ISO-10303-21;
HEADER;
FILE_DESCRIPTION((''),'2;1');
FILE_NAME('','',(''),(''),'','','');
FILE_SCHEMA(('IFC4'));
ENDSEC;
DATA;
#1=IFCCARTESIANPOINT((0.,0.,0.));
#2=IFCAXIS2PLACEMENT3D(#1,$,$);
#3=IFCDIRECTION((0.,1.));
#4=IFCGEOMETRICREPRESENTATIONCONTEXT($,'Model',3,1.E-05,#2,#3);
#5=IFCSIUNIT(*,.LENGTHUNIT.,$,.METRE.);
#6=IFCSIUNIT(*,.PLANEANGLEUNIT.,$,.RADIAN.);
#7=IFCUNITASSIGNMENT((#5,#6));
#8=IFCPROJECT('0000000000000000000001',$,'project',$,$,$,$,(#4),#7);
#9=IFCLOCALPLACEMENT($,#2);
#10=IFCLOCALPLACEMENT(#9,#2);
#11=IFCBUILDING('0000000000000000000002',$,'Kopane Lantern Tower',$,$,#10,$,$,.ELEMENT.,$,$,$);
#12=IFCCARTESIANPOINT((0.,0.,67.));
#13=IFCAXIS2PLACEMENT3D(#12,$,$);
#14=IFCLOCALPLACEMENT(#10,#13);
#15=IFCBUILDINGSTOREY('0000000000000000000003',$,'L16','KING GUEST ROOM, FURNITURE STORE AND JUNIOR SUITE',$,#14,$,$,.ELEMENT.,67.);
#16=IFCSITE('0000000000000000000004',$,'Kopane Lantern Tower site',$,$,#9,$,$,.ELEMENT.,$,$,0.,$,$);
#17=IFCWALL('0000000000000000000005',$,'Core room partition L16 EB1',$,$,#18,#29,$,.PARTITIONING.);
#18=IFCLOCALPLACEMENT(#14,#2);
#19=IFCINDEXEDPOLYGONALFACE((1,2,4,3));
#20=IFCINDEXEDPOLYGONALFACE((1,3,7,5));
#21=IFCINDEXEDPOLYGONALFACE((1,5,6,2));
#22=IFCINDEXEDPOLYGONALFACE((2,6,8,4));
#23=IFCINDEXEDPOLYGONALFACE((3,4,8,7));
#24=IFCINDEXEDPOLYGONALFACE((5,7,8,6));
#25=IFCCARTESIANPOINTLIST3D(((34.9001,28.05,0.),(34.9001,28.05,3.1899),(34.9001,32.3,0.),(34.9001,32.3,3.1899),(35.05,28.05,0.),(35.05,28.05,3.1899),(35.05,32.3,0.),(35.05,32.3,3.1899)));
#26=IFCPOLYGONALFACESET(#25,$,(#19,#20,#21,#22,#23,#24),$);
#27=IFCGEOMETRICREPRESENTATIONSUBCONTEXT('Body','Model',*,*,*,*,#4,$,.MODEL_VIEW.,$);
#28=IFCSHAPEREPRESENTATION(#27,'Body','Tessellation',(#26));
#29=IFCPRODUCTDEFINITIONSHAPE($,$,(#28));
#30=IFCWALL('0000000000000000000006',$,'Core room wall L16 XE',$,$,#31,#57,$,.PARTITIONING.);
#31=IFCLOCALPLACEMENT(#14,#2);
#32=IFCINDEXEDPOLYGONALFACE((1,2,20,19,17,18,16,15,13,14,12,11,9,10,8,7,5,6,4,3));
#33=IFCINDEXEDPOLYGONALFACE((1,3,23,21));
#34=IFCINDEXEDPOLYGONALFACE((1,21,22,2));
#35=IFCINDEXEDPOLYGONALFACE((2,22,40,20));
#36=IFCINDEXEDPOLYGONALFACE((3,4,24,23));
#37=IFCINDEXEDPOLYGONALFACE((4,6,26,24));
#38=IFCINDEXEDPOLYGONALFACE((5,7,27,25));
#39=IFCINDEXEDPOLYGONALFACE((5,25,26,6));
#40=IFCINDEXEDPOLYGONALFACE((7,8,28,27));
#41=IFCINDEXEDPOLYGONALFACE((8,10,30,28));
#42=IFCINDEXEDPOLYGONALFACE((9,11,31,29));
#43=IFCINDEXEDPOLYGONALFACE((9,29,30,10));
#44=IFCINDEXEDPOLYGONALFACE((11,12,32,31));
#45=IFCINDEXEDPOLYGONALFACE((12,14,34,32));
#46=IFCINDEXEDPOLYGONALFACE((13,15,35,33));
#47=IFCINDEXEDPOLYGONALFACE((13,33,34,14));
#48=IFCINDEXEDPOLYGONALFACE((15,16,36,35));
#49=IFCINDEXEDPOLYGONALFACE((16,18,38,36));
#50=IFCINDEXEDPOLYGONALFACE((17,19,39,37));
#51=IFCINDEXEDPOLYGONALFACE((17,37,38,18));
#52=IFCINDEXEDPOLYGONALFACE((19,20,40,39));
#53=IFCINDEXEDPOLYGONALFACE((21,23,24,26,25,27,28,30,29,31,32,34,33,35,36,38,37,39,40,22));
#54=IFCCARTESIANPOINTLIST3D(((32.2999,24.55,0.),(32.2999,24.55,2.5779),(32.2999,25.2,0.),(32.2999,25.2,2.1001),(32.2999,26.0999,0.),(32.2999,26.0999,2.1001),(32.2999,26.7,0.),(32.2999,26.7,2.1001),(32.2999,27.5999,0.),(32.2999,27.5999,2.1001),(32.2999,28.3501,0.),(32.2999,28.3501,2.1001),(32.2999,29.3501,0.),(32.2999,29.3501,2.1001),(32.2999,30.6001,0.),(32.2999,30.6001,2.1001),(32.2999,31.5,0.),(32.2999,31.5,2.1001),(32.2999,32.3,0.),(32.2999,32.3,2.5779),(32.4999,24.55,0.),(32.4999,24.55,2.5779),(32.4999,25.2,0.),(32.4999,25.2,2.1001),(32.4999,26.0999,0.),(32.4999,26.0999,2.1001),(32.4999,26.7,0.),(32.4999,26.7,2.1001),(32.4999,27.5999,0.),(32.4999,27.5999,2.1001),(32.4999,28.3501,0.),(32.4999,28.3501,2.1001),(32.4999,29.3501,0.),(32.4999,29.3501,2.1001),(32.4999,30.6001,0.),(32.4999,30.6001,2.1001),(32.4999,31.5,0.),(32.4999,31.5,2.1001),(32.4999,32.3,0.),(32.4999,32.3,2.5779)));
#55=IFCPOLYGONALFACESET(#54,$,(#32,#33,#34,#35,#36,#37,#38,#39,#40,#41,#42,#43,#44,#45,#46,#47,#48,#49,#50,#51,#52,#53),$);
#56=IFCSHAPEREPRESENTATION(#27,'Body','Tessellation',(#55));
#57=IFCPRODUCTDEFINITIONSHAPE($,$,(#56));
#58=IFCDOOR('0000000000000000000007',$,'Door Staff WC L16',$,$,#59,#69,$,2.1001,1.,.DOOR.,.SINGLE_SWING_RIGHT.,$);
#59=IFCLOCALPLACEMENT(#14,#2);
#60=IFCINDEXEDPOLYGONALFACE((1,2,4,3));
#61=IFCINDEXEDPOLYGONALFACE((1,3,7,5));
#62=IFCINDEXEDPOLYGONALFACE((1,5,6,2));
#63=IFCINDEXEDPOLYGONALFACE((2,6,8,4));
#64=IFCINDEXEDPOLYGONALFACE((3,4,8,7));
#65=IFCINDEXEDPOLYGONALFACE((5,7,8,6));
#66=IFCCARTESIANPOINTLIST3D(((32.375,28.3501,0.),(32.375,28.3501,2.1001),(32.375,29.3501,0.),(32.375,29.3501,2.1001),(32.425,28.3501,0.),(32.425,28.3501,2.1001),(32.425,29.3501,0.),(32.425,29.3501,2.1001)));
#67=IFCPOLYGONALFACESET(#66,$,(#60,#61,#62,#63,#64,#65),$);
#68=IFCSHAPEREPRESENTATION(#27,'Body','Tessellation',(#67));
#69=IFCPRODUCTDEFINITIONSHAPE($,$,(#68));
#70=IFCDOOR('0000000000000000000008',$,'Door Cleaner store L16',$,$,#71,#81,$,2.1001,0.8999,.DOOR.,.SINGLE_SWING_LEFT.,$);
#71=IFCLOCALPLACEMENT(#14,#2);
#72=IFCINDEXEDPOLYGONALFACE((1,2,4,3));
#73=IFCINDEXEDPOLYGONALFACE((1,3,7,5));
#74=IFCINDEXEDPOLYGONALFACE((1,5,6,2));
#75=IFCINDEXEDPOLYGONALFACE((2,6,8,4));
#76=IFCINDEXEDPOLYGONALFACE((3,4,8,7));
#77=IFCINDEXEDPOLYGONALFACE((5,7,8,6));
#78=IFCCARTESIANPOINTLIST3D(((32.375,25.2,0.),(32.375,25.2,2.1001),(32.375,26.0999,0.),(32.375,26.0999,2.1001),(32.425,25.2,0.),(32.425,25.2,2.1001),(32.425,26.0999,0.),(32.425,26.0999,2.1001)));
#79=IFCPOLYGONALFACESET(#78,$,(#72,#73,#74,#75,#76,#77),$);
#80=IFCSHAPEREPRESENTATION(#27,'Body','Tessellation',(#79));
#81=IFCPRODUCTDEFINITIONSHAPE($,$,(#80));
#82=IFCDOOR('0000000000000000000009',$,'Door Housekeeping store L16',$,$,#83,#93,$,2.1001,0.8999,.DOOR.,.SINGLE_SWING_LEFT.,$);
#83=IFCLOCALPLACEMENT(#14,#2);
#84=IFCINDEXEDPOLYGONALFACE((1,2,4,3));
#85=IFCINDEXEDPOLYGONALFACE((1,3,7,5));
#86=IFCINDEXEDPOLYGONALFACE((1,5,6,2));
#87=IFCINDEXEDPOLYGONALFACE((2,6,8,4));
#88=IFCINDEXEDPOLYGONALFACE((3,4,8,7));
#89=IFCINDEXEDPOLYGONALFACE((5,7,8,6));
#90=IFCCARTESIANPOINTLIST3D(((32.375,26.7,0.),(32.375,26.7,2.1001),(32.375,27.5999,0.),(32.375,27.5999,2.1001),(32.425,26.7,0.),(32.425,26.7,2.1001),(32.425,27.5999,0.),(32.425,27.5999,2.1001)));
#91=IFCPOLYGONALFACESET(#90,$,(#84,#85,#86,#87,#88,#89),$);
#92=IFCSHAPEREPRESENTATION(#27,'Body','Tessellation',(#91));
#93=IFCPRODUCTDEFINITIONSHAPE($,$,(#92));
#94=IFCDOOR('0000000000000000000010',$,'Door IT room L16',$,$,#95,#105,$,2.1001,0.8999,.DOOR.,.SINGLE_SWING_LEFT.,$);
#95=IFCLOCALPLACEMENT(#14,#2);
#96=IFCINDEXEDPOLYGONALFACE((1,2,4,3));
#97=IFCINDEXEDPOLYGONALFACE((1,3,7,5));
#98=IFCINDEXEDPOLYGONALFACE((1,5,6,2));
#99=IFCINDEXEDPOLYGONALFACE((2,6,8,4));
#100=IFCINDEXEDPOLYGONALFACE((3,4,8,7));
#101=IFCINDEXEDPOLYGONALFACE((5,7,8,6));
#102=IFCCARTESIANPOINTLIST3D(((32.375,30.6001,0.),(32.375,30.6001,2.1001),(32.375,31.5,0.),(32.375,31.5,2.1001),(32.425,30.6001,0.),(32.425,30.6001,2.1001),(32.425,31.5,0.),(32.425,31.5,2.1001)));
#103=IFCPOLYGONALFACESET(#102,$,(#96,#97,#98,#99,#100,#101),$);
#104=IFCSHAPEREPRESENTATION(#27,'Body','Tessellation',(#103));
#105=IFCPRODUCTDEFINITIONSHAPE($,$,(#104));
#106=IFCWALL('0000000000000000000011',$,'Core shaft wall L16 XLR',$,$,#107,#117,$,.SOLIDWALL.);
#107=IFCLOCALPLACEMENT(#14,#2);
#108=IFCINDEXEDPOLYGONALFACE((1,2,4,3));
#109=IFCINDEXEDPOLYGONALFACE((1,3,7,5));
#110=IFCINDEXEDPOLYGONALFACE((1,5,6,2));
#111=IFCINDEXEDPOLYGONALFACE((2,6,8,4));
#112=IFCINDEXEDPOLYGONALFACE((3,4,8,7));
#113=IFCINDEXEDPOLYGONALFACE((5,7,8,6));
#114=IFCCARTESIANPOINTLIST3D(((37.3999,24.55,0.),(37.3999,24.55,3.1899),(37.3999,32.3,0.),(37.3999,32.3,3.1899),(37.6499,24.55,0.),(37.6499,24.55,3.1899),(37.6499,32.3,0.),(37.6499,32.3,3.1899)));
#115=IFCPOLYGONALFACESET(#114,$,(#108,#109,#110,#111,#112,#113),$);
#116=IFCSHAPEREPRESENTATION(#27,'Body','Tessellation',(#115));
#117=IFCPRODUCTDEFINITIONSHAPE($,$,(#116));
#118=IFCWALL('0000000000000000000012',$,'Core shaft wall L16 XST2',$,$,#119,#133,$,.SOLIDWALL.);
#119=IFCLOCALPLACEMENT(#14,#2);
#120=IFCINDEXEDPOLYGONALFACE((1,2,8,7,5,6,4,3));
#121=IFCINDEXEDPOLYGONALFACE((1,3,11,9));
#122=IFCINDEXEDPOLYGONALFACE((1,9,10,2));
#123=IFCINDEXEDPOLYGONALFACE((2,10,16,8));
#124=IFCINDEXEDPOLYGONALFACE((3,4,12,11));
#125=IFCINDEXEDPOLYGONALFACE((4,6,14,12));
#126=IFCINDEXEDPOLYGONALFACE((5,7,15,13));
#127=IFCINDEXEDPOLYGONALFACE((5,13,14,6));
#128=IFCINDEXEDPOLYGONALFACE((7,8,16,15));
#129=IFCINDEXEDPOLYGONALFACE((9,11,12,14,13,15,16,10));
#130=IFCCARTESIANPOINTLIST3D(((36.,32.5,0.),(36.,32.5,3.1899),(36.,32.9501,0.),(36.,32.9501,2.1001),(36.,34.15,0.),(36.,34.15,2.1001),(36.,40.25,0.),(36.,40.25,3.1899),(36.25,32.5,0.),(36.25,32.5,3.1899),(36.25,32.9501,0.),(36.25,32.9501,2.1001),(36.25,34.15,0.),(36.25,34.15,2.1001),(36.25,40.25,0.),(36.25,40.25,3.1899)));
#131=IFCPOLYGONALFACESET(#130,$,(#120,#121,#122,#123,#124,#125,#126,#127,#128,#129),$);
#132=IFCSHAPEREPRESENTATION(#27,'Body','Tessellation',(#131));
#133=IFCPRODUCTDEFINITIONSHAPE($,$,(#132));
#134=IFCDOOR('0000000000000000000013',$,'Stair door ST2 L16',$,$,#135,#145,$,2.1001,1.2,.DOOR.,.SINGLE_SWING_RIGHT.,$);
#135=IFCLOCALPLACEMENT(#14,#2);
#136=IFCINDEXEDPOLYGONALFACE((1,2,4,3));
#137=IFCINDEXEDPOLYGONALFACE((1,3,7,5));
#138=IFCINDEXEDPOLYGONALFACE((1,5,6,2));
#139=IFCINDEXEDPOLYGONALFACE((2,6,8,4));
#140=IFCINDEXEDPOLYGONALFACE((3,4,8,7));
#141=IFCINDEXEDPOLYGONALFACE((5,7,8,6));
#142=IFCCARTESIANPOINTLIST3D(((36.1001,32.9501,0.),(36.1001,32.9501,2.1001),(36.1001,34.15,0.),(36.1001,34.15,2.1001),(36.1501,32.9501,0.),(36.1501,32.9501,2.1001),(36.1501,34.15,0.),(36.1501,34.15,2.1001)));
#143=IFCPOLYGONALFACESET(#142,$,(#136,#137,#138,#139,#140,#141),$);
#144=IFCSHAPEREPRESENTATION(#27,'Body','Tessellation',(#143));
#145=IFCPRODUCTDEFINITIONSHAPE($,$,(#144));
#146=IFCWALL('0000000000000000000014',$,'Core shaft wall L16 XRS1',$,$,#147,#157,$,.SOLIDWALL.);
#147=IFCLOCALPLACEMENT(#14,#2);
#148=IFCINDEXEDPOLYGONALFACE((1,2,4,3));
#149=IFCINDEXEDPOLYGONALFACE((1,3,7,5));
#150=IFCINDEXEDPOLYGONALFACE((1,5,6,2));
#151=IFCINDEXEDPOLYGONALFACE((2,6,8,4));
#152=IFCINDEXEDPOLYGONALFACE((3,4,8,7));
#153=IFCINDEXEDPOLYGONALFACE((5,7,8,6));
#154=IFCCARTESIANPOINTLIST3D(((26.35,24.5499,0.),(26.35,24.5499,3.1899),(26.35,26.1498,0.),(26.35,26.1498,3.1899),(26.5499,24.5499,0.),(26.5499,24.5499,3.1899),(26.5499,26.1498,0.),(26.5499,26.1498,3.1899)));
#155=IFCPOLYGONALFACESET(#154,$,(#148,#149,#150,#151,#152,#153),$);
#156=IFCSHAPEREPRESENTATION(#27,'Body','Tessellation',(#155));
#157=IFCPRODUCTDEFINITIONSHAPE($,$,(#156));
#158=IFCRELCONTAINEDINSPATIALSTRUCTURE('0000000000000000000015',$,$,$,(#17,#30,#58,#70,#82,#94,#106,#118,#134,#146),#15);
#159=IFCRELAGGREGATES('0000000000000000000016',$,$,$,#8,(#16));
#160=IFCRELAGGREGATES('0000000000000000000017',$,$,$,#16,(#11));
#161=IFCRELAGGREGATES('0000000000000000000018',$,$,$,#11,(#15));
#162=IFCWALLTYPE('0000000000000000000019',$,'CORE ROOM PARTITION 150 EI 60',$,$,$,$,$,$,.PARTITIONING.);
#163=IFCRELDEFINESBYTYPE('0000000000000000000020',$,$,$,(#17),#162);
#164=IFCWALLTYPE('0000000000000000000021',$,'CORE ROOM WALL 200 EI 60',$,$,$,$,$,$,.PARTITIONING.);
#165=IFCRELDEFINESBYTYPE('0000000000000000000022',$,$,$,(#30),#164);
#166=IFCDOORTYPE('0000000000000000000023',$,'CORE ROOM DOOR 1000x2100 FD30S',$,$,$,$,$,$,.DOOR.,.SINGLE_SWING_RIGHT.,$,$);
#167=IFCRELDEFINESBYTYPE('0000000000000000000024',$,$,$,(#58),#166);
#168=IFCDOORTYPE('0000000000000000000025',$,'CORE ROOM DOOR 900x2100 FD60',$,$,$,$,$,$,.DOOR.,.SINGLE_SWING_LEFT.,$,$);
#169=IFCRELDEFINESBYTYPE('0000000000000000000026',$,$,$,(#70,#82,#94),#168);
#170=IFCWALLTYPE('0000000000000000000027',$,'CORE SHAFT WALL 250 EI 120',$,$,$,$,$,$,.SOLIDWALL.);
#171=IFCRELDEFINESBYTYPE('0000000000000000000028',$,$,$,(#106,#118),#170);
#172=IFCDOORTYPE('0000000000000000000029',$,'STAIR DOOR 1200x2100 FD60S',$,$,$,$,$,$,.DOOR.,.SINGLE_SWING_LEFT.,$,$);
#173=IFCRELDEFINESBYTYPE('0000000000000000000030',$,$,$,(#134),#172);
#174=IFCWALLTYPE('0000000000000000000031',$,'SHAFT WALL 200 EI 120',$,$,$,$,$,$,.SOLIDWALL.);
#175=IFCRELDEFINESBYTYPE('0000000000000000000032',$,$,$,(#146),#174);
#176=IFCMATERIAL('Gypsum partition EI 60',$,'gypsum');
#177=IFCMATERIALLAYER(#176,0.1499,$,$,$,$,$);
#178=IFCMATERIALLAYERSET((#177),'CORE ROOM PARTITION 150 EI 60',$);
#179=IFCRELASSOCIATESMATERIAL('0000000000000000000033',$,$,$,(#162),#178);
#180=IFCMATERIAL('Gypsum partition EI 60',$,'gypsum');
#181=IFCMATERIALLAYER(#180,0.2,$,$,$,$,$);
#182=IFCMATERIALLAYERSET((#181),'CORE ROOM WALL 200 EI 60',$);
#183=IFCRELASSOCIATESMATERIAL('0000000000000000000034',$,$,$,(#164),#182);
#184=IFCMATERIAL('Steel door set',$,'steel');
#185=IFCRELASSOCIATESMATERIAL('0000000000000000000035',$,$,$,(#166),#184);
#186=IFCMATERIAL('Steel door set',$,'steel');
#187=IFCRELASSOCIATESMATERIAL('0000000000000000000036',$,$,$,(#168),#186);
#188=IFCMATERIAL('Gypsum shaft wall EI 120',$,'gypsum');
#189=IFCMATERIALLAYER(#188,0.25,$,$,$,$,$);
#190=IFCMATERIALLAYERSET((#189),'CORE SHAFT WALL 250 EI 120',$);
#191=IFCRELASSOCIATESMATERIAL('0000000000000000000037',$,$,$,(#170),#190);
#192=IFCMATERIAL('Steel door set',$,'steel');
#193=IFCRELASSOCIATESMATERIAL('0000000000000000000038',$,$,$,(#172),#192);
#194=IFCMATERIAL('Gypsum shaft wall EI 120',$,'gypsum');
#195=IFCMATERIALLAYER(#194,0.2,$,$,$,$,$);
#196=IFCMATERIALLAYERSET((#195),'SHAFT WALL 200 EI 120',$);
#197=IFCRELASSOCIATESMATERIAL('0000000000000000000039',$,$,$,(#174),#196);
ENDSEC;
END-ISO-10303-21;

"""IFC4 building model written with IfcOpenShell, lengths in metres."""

from ifc_helpers import new_model, si_unit, direction, frame, frame_2d, origin, place, context, subcontext, project, spatial, rectangle, extrude, material, layer, layer_set, type_object, element, fill, save


model = new_model("IFC4")

# Units and contexts
model_context = context("Model", 3, precision=1e-05, world=origin(), true_north=direction((0.0, 1.0)))
body_context = subcontext(model_context, "Body", "Model", "MODEL_VIEW")
ifc_project = project(units=[si_unit("LENGTHUNIT", "METRE"), si_unit("PLANEANGLEUNIT", "RADIAN")], contexts=[model_context])

# Site, building, storey
site_placement = place(None, origin())
site = spatial("IfcSite", under=ifc_project, at=site_placement, Name="Kopane Lantern Tower site", CompositionType="ELEMENT", RefElevation=0.0)
building_placement = place(site_placement, origin())
building = spatial("IfcBuilding", under=site, at=building_placement, Name="Kopane Lantern Tower", CompositionType="ELEMENT")
storey_placement = place(building_placement, frame((0.0, 0.0, 67.0)))
storey = spatial("IfcBuildingStorey", under=building, at=storey_placement, Name="L16", Description="KING GUEST ROOM, FURNITURE STORE AND JUNIOR SUITE", CompositionType="ELEMENT", Elevation=67.0)

# Wall
ifc_material_1 = material(Name="Gypsum partition EI 60", Category="gypsum")
ifc_layer_1 = layer(ifc_material_1, 0.1499)
ifc_layer_set_1 = layer_set([ifc_layer_1], Name="CORE ROOM PARTITION 150 EI 60")
wall_type_1 = type_object("IfcWallType", Name="CORE ROOM PARTITION 150 EI 60", PredefinedType="PARTITIONING", material=ifc_layer_set_1)
wall_1_placement = place(storey_placement, frame((34.9751, 28.05, 0.0), z_axis=(0.0, 0.0, 1.0), x_axis=(0.0, 1.0, 0.0)))
element("IfcWall", 1, at=wall_1_placement, inside=storey, type_object=wall_type_1, Name="Core room partition L16 EB1", PredefinedType="PARTITIONING", context=body_context, shape_type="SweptSolid", body=[
    extrude(rectangle(XDim=4.25, YDim=0.1499, at=frame_2d((2.125, 0.0))), origin(), (0.0, 0.0, 1.0), 3.1899),
])

# Wall, openings, doors
ifc_material_2 = material(Name="Gypsum partition EI 60", Category="gypsum")
ifc_layer_2 = layer(ifc_material_2, 0.2)
ifc_layer_set_2 = layer_set([ifc_layer_2], Name="CORE ROOM WALL 200 EI 60")
wall_type_2 = type_object("IfcWallType", Name="CORE ROOM WALL 200 EI 60", PredefinedType="PARTITIONING", material=ifc_layer_set_2)
wall_2_placement = place(storey_placement, frame((32.3999, 24.55, 0.0), z_axis=(0.0, 0.0, 1.0), x_axis=(0.0, 1.0, 0.0)))
wall_2 = element("IfcWall", 2, at=wall_2_placement, inside=storey, type_object=wall_type_2, Name="Core room wall L16 XE", PredefinedType="PARTITIONING", context=body_context, shape_type="SweptSolid", body=[
    extrude(rectangle(XDim=7.75, YDim=0.2, at=frame_2d((3.875, 0.0))), origin(), (0.0, 0.0, 1.0), 2.5779),
])
opening_1_placement = place(wall_2_placement, frame((0.6499, 0.0, 0.0)))
opening_1 = element("IfcOpeningElement", 3, at=opening_1_placement, cuts=wall_2, PredefinedType="OPENING", context=body_context, shape_type="SweptSolid", body=[
    extrude(rectangle(XDim=0.8999, YDim=2.1001, at=frame_2d((0.45, 1.05))), frame((0.0, 0.1099, 0.0), z_axis=(0.0, -1.0, 0.0), x_axis=(1.0, 0.0, 0.0)), (0.0, 0.0, 1.0), 0.22),
])
opening_2_placement = place(wall_2_placement, frame((2.1499, 0.0, 0.0)))
opening_2 = element("IfcOpeningElement", 4, at=opening_2_placement, cuts=wall_2, PredefinedType="OPENING", context=body_context, shape_type="SweptSolid", body=[
    extrude(rectangle(XDim=0.8999, YDim=2.1001, at=frame_2d((0.45, 1.05))), frame((0.0, 0.1099, 0.0), z_axis=(0.0, -1.0, 0.0), x_axis=(1.0, 0.0, 0.0)), (0.0, 0.0, 1.0), 0.22),
])
opening_3_placement = place(wall_2_placement, frame((3.8, 0.0, 0.0)))
opening_3 = element("IfcOpeningElement", 5, at=opening_3_placement, cuts=wall_2, PredefinedType="OPENING", context=body_context, shape_type="SweptSolid", body=[
    extrude(rectangle(XDim=1.0, YDim=2.1001, at=frame_2d((0.5, 1.05))), frame((0.0, 0.1099, 0.0), z_axis=(0.0, -1.0, 0.0), x_axis=(1.0, 0.0, 0.0)), (0.0, 0.0, 1.0), 0.22),
])
opening_4_placement = place(wall_2_placement, frame((6.05, 0.0, 0.0)))
opening_4 = element("IfcOpeningElement", 6, at=opening_4_placement, cuts=wall_2, PredefinedType="OPENING", context=body_context, shape_type="SweptSolid", body=[
    extrude(rectangle(XDim=0.8999, YDim=2.1001, at=frame_2d((0.45, 1.05))), frame((0.0, 0.1099, 0.0), z_axis=(0.0, -1.0, 0.0), x_axis=(1.0, 0.0, 0.0)), (0.0, 0.0, 1.0), 0.22),
])
ifc_material_3 = material(Name="Steel door set", Category="steel")
door_type_1 = type_object("IfcDoorType", Name="CORE ROOM DOOR 1000x2100 FD30S", OperationType="SINGLE_SWING_RIGHT", PredefinedType="DOOR", material=ifc_material_3)
door_1_placement = place(opening_3_placement, origin())
door_1 = element("IfcDoor", 7, at=door_1_placement, inside=storey, type_object=door_type_1, Name="Door Staff WC L16", OperationType="SINGLE_SWING_RIGHT", OverallHeight=2.1001, OverallWidth=1.0, PredefinedType="DOOR", context=body_context, shape_type="SweptSolid", body=[
    extrude(rectangle(XDim=1.0, YDim=2.1001, at=frame_2d((0.5, 1.05))), frame((0.0, 0.0249, 0.0), z_axis=(0.0, -1.0, 0.0), x_axis=(1.0, 0.0, 0.0)), (0.0, 0.0, 1.0), 0.05),
])
fill(opening_3, door_1)
ifc_material_4 = material(Name="Steel door set", Category="steel")
door_type_2 = type_object("IfcDoorType", Name="CORE ROOM DOOR 900x2100 FD60", OperationType="SINGLE_SWING_LEFT", PredefinedType="DOOR", material=ifc_material_4)
door_2_placement = place(opening_1_placement, origin())
door_2 = element("IfcDoor", 8, at=door_2_placement, inside=storey, type_object=door_type_2, Name="Door Cleaner store L16", OperationType="SINGLE_SWING_LEFT", OverallHeight=2.1001, OverallWidth=0.8999, PredefinedType="DOOR", context=body_context, shape_type="SweptSolid", body=[
    extrude(rectangle(XDim=0.8999, YDim=2.1001, at=frame_2d((0.45, 1.05))), frame((0.0, 0.0249, 0.0), z_axis=(0.0, -1.0, 0.0), x_axis=(1.0, 0.0, 0.0)), (0.0, 0.0, 1.0), 0.05),
])
fill(opening_1, door_2)
door_3_placement = place(opening_2_placement, origin())
door_3 = element("IfcDoor", 9, at=door_3_placement, inside=storey, type_object=door_type_2, Name="Door Housekeeping store L16", OperationType="SINGLE_SWING_LEFT", OverallHeight=2.1001, OverallWidth=0.8999, PredefinedType="DOOR", context=body_context, shape_type="SweptSolid", body=[
    extrude(rectangle(XDim=0.8999, YDim=2.1001, at=frame_2d((0.45, 1.05))), frame((0.0, 0.0249, 0.0), z_axis=(0.0, -1.0, 0.0), x_axis=(1.0, 0.0, 0.0)), (0.0, 0.0, 1.0), 0.05),
])
fill(opening_2, door_3)
door_4_placement = place(opening_4_placement, origin())
door_4 = element("IfcDoor", 10, at=door_4_placement, inside=storey, type_object=door_type_2, Name="Door IT room L16", OperationType="SINGLE_SWING_LEFT", OverallHeight=2.1001, OverallWidth=0.8999, PredefinedType="DOOR", context=body_context, shape_type="SweptSolid", body=[
    extrude(rectangle(XDim=0.8999, YDim=2.1001, at=frame_2d((0.45, 1.05))), frame((0.0, 0.0249, 0.0), z_axis=(0.0, -1.0, 0.0), x_axis=(1.0, 0.0, 0.0)), (0.0, 0.0, 1.0), 0.05),
])
fill(opening_4, door_4)

# Wall
ifc_material_5 = material(Name="Gypsum shaft wall EI 120", Category="gypsum")
ifc_layer_3 = layer(ifc_material_5, 0.25)
ifc_layer_set_3 = layer_set([ifc_layer_3], Name="CORE SHAFT WALL 250 EI 120")
wall_type_3 = type_object("IfcWallType", Name="CORE SHAFT WALL 250 EI 120", PredefinedType="SOLIDWALL", material=ifc_layer_set_3)
wall_3_placement = place(storey_placement, frame((37.5249, 24.55, 0.0), z_axis=(0.0, 0.0, 1.0), x_axis=(0.0, 1.0, 0.0)))
element("IfcWall", 11, at=wall_3_placement, inside=storey, type_object=wall_type_3, Name="Core shaft wall L16 XLR", PredefinedType="SOLIDWALL", context=body_context, shape_type="SweptSolid", body=[
    extrude(rectangle(XDim=7.75, YDim=0.25, at=frame_2d((3.875, 0.0))), origin(), (0.0, 0.0, 1.0), 3.1899),
])

# Wall, opening, door
wall_4_placement = place(storey_placement, frame((36.125, 32.5, 0.0), z_axis=(0.0, 0.0, 1.0), x_axis=(0.0, 1.0, 0.0)))
wall_4 = element("IfcWall", 12, at=wall_4_placement, inside=storey, type_object=wall_type_3, Name="Core shaft wall L16 XST2", PredefinedType="SOLIDWALL", context=body_context, shape_type="SweptSolid", body=[
    extrude(rectangle(XDim=7.75, YDim=0.25, at=frame_2d((3.875, 0.0))), origin(), (0.0, 0.0, 1.0), 3.1899),
])
opening_5_placement = place(wall_4_placement, frame((0.45, 0.0, 0.0)))
opening_5 = element("IfcOpeningElement", 13, at=opening_5_placement, cuts=wall_4, PredefinedType="OPENING", context=body_context, shape_type="SweptSolid", body=[
    extrude(rectangle(XDim=1.2, YDim=2.1001, at=frame_2d((0.6001, 1.05))), frame((0.0, 0.135, 0.0), z_axis=(0.0, -1.0, 0.0), x_axis=(1.0, 0.0, 0.0)), (0.0, 0.0, 1.0), 0.27),
])
ifc_material_6 = material(Name="Steel door set", Category="steel")
door_type_3 = type_object("IfcDoorType", Name="STAIR DOOR 1200x2100 FD60S", OperationType="SINGLE_SWING_LEFT", PredefinedType="DOOR", material=ifc_material_6)
door_5_placement = place(opening_5_placement, origin())
door_5 = element("IfcDoor", 14, at=door_5_placement, inside=storey, type_object=door_type_3, Name="Stair door ST2 L16", OperationType="SINGLE_SWING_RIGHT", OverallHeight=2.1001, OverallWidth=1.2, PredefinedType="DOOR", context=body_context, shape_type="SweptSolid", body=[
    extrude(rectangle(XDim=1.2, YDim=2.1001, at=frame_2d((0.6001, 1.05))), frame((0.0, 0.0249, 0.0), z_axis=(0.0, -1.0, 0.0), x_axis=(1.0, 0.0, 0.0)), (0.0, 0.0, 1.0), 0.05),
])
fill(opening_5, door_5)

# Wall
ifc_material_7 = material(Name="Gypsum shaft wall EI 120", Category="gypsum")
ifc_layer_4 = layer(ifc_material_7, 0.2)
ifc_layer_set_4 = layer_set([ifc_layer_4], Name="SHAFT WALL 200 EI 120")
wall_type_4 = type_object("IfcWallType", Name="SHAFT WALL 200 EI 120", PredefinedType="SOLIDWALL", material=ifc_layer_set_4)
wall_5_placement = place(storey_placement, frame((26.45, 24.55, 0.0), z_axis=(0.0, 0.0, 1.0), x_axis=(0.0, 1.0, 0.0)))
element("IfcWall", 15, at=wall_5_placement, inside=storey, type_object=wall_type_4, Name="Core shaft wall L16 XRS1", PredefinedType="SOLIDWALL", context=body_context, shape_type="SweptSolid", body=[
    extrude(rectangle(XDim=1.5999, YDim=0.2, at=frame_2d((0.7998, 0.0))), origin(), (0.0, 0.0, 1.0), 3.1899),
])

save(model, "model.ifc")
